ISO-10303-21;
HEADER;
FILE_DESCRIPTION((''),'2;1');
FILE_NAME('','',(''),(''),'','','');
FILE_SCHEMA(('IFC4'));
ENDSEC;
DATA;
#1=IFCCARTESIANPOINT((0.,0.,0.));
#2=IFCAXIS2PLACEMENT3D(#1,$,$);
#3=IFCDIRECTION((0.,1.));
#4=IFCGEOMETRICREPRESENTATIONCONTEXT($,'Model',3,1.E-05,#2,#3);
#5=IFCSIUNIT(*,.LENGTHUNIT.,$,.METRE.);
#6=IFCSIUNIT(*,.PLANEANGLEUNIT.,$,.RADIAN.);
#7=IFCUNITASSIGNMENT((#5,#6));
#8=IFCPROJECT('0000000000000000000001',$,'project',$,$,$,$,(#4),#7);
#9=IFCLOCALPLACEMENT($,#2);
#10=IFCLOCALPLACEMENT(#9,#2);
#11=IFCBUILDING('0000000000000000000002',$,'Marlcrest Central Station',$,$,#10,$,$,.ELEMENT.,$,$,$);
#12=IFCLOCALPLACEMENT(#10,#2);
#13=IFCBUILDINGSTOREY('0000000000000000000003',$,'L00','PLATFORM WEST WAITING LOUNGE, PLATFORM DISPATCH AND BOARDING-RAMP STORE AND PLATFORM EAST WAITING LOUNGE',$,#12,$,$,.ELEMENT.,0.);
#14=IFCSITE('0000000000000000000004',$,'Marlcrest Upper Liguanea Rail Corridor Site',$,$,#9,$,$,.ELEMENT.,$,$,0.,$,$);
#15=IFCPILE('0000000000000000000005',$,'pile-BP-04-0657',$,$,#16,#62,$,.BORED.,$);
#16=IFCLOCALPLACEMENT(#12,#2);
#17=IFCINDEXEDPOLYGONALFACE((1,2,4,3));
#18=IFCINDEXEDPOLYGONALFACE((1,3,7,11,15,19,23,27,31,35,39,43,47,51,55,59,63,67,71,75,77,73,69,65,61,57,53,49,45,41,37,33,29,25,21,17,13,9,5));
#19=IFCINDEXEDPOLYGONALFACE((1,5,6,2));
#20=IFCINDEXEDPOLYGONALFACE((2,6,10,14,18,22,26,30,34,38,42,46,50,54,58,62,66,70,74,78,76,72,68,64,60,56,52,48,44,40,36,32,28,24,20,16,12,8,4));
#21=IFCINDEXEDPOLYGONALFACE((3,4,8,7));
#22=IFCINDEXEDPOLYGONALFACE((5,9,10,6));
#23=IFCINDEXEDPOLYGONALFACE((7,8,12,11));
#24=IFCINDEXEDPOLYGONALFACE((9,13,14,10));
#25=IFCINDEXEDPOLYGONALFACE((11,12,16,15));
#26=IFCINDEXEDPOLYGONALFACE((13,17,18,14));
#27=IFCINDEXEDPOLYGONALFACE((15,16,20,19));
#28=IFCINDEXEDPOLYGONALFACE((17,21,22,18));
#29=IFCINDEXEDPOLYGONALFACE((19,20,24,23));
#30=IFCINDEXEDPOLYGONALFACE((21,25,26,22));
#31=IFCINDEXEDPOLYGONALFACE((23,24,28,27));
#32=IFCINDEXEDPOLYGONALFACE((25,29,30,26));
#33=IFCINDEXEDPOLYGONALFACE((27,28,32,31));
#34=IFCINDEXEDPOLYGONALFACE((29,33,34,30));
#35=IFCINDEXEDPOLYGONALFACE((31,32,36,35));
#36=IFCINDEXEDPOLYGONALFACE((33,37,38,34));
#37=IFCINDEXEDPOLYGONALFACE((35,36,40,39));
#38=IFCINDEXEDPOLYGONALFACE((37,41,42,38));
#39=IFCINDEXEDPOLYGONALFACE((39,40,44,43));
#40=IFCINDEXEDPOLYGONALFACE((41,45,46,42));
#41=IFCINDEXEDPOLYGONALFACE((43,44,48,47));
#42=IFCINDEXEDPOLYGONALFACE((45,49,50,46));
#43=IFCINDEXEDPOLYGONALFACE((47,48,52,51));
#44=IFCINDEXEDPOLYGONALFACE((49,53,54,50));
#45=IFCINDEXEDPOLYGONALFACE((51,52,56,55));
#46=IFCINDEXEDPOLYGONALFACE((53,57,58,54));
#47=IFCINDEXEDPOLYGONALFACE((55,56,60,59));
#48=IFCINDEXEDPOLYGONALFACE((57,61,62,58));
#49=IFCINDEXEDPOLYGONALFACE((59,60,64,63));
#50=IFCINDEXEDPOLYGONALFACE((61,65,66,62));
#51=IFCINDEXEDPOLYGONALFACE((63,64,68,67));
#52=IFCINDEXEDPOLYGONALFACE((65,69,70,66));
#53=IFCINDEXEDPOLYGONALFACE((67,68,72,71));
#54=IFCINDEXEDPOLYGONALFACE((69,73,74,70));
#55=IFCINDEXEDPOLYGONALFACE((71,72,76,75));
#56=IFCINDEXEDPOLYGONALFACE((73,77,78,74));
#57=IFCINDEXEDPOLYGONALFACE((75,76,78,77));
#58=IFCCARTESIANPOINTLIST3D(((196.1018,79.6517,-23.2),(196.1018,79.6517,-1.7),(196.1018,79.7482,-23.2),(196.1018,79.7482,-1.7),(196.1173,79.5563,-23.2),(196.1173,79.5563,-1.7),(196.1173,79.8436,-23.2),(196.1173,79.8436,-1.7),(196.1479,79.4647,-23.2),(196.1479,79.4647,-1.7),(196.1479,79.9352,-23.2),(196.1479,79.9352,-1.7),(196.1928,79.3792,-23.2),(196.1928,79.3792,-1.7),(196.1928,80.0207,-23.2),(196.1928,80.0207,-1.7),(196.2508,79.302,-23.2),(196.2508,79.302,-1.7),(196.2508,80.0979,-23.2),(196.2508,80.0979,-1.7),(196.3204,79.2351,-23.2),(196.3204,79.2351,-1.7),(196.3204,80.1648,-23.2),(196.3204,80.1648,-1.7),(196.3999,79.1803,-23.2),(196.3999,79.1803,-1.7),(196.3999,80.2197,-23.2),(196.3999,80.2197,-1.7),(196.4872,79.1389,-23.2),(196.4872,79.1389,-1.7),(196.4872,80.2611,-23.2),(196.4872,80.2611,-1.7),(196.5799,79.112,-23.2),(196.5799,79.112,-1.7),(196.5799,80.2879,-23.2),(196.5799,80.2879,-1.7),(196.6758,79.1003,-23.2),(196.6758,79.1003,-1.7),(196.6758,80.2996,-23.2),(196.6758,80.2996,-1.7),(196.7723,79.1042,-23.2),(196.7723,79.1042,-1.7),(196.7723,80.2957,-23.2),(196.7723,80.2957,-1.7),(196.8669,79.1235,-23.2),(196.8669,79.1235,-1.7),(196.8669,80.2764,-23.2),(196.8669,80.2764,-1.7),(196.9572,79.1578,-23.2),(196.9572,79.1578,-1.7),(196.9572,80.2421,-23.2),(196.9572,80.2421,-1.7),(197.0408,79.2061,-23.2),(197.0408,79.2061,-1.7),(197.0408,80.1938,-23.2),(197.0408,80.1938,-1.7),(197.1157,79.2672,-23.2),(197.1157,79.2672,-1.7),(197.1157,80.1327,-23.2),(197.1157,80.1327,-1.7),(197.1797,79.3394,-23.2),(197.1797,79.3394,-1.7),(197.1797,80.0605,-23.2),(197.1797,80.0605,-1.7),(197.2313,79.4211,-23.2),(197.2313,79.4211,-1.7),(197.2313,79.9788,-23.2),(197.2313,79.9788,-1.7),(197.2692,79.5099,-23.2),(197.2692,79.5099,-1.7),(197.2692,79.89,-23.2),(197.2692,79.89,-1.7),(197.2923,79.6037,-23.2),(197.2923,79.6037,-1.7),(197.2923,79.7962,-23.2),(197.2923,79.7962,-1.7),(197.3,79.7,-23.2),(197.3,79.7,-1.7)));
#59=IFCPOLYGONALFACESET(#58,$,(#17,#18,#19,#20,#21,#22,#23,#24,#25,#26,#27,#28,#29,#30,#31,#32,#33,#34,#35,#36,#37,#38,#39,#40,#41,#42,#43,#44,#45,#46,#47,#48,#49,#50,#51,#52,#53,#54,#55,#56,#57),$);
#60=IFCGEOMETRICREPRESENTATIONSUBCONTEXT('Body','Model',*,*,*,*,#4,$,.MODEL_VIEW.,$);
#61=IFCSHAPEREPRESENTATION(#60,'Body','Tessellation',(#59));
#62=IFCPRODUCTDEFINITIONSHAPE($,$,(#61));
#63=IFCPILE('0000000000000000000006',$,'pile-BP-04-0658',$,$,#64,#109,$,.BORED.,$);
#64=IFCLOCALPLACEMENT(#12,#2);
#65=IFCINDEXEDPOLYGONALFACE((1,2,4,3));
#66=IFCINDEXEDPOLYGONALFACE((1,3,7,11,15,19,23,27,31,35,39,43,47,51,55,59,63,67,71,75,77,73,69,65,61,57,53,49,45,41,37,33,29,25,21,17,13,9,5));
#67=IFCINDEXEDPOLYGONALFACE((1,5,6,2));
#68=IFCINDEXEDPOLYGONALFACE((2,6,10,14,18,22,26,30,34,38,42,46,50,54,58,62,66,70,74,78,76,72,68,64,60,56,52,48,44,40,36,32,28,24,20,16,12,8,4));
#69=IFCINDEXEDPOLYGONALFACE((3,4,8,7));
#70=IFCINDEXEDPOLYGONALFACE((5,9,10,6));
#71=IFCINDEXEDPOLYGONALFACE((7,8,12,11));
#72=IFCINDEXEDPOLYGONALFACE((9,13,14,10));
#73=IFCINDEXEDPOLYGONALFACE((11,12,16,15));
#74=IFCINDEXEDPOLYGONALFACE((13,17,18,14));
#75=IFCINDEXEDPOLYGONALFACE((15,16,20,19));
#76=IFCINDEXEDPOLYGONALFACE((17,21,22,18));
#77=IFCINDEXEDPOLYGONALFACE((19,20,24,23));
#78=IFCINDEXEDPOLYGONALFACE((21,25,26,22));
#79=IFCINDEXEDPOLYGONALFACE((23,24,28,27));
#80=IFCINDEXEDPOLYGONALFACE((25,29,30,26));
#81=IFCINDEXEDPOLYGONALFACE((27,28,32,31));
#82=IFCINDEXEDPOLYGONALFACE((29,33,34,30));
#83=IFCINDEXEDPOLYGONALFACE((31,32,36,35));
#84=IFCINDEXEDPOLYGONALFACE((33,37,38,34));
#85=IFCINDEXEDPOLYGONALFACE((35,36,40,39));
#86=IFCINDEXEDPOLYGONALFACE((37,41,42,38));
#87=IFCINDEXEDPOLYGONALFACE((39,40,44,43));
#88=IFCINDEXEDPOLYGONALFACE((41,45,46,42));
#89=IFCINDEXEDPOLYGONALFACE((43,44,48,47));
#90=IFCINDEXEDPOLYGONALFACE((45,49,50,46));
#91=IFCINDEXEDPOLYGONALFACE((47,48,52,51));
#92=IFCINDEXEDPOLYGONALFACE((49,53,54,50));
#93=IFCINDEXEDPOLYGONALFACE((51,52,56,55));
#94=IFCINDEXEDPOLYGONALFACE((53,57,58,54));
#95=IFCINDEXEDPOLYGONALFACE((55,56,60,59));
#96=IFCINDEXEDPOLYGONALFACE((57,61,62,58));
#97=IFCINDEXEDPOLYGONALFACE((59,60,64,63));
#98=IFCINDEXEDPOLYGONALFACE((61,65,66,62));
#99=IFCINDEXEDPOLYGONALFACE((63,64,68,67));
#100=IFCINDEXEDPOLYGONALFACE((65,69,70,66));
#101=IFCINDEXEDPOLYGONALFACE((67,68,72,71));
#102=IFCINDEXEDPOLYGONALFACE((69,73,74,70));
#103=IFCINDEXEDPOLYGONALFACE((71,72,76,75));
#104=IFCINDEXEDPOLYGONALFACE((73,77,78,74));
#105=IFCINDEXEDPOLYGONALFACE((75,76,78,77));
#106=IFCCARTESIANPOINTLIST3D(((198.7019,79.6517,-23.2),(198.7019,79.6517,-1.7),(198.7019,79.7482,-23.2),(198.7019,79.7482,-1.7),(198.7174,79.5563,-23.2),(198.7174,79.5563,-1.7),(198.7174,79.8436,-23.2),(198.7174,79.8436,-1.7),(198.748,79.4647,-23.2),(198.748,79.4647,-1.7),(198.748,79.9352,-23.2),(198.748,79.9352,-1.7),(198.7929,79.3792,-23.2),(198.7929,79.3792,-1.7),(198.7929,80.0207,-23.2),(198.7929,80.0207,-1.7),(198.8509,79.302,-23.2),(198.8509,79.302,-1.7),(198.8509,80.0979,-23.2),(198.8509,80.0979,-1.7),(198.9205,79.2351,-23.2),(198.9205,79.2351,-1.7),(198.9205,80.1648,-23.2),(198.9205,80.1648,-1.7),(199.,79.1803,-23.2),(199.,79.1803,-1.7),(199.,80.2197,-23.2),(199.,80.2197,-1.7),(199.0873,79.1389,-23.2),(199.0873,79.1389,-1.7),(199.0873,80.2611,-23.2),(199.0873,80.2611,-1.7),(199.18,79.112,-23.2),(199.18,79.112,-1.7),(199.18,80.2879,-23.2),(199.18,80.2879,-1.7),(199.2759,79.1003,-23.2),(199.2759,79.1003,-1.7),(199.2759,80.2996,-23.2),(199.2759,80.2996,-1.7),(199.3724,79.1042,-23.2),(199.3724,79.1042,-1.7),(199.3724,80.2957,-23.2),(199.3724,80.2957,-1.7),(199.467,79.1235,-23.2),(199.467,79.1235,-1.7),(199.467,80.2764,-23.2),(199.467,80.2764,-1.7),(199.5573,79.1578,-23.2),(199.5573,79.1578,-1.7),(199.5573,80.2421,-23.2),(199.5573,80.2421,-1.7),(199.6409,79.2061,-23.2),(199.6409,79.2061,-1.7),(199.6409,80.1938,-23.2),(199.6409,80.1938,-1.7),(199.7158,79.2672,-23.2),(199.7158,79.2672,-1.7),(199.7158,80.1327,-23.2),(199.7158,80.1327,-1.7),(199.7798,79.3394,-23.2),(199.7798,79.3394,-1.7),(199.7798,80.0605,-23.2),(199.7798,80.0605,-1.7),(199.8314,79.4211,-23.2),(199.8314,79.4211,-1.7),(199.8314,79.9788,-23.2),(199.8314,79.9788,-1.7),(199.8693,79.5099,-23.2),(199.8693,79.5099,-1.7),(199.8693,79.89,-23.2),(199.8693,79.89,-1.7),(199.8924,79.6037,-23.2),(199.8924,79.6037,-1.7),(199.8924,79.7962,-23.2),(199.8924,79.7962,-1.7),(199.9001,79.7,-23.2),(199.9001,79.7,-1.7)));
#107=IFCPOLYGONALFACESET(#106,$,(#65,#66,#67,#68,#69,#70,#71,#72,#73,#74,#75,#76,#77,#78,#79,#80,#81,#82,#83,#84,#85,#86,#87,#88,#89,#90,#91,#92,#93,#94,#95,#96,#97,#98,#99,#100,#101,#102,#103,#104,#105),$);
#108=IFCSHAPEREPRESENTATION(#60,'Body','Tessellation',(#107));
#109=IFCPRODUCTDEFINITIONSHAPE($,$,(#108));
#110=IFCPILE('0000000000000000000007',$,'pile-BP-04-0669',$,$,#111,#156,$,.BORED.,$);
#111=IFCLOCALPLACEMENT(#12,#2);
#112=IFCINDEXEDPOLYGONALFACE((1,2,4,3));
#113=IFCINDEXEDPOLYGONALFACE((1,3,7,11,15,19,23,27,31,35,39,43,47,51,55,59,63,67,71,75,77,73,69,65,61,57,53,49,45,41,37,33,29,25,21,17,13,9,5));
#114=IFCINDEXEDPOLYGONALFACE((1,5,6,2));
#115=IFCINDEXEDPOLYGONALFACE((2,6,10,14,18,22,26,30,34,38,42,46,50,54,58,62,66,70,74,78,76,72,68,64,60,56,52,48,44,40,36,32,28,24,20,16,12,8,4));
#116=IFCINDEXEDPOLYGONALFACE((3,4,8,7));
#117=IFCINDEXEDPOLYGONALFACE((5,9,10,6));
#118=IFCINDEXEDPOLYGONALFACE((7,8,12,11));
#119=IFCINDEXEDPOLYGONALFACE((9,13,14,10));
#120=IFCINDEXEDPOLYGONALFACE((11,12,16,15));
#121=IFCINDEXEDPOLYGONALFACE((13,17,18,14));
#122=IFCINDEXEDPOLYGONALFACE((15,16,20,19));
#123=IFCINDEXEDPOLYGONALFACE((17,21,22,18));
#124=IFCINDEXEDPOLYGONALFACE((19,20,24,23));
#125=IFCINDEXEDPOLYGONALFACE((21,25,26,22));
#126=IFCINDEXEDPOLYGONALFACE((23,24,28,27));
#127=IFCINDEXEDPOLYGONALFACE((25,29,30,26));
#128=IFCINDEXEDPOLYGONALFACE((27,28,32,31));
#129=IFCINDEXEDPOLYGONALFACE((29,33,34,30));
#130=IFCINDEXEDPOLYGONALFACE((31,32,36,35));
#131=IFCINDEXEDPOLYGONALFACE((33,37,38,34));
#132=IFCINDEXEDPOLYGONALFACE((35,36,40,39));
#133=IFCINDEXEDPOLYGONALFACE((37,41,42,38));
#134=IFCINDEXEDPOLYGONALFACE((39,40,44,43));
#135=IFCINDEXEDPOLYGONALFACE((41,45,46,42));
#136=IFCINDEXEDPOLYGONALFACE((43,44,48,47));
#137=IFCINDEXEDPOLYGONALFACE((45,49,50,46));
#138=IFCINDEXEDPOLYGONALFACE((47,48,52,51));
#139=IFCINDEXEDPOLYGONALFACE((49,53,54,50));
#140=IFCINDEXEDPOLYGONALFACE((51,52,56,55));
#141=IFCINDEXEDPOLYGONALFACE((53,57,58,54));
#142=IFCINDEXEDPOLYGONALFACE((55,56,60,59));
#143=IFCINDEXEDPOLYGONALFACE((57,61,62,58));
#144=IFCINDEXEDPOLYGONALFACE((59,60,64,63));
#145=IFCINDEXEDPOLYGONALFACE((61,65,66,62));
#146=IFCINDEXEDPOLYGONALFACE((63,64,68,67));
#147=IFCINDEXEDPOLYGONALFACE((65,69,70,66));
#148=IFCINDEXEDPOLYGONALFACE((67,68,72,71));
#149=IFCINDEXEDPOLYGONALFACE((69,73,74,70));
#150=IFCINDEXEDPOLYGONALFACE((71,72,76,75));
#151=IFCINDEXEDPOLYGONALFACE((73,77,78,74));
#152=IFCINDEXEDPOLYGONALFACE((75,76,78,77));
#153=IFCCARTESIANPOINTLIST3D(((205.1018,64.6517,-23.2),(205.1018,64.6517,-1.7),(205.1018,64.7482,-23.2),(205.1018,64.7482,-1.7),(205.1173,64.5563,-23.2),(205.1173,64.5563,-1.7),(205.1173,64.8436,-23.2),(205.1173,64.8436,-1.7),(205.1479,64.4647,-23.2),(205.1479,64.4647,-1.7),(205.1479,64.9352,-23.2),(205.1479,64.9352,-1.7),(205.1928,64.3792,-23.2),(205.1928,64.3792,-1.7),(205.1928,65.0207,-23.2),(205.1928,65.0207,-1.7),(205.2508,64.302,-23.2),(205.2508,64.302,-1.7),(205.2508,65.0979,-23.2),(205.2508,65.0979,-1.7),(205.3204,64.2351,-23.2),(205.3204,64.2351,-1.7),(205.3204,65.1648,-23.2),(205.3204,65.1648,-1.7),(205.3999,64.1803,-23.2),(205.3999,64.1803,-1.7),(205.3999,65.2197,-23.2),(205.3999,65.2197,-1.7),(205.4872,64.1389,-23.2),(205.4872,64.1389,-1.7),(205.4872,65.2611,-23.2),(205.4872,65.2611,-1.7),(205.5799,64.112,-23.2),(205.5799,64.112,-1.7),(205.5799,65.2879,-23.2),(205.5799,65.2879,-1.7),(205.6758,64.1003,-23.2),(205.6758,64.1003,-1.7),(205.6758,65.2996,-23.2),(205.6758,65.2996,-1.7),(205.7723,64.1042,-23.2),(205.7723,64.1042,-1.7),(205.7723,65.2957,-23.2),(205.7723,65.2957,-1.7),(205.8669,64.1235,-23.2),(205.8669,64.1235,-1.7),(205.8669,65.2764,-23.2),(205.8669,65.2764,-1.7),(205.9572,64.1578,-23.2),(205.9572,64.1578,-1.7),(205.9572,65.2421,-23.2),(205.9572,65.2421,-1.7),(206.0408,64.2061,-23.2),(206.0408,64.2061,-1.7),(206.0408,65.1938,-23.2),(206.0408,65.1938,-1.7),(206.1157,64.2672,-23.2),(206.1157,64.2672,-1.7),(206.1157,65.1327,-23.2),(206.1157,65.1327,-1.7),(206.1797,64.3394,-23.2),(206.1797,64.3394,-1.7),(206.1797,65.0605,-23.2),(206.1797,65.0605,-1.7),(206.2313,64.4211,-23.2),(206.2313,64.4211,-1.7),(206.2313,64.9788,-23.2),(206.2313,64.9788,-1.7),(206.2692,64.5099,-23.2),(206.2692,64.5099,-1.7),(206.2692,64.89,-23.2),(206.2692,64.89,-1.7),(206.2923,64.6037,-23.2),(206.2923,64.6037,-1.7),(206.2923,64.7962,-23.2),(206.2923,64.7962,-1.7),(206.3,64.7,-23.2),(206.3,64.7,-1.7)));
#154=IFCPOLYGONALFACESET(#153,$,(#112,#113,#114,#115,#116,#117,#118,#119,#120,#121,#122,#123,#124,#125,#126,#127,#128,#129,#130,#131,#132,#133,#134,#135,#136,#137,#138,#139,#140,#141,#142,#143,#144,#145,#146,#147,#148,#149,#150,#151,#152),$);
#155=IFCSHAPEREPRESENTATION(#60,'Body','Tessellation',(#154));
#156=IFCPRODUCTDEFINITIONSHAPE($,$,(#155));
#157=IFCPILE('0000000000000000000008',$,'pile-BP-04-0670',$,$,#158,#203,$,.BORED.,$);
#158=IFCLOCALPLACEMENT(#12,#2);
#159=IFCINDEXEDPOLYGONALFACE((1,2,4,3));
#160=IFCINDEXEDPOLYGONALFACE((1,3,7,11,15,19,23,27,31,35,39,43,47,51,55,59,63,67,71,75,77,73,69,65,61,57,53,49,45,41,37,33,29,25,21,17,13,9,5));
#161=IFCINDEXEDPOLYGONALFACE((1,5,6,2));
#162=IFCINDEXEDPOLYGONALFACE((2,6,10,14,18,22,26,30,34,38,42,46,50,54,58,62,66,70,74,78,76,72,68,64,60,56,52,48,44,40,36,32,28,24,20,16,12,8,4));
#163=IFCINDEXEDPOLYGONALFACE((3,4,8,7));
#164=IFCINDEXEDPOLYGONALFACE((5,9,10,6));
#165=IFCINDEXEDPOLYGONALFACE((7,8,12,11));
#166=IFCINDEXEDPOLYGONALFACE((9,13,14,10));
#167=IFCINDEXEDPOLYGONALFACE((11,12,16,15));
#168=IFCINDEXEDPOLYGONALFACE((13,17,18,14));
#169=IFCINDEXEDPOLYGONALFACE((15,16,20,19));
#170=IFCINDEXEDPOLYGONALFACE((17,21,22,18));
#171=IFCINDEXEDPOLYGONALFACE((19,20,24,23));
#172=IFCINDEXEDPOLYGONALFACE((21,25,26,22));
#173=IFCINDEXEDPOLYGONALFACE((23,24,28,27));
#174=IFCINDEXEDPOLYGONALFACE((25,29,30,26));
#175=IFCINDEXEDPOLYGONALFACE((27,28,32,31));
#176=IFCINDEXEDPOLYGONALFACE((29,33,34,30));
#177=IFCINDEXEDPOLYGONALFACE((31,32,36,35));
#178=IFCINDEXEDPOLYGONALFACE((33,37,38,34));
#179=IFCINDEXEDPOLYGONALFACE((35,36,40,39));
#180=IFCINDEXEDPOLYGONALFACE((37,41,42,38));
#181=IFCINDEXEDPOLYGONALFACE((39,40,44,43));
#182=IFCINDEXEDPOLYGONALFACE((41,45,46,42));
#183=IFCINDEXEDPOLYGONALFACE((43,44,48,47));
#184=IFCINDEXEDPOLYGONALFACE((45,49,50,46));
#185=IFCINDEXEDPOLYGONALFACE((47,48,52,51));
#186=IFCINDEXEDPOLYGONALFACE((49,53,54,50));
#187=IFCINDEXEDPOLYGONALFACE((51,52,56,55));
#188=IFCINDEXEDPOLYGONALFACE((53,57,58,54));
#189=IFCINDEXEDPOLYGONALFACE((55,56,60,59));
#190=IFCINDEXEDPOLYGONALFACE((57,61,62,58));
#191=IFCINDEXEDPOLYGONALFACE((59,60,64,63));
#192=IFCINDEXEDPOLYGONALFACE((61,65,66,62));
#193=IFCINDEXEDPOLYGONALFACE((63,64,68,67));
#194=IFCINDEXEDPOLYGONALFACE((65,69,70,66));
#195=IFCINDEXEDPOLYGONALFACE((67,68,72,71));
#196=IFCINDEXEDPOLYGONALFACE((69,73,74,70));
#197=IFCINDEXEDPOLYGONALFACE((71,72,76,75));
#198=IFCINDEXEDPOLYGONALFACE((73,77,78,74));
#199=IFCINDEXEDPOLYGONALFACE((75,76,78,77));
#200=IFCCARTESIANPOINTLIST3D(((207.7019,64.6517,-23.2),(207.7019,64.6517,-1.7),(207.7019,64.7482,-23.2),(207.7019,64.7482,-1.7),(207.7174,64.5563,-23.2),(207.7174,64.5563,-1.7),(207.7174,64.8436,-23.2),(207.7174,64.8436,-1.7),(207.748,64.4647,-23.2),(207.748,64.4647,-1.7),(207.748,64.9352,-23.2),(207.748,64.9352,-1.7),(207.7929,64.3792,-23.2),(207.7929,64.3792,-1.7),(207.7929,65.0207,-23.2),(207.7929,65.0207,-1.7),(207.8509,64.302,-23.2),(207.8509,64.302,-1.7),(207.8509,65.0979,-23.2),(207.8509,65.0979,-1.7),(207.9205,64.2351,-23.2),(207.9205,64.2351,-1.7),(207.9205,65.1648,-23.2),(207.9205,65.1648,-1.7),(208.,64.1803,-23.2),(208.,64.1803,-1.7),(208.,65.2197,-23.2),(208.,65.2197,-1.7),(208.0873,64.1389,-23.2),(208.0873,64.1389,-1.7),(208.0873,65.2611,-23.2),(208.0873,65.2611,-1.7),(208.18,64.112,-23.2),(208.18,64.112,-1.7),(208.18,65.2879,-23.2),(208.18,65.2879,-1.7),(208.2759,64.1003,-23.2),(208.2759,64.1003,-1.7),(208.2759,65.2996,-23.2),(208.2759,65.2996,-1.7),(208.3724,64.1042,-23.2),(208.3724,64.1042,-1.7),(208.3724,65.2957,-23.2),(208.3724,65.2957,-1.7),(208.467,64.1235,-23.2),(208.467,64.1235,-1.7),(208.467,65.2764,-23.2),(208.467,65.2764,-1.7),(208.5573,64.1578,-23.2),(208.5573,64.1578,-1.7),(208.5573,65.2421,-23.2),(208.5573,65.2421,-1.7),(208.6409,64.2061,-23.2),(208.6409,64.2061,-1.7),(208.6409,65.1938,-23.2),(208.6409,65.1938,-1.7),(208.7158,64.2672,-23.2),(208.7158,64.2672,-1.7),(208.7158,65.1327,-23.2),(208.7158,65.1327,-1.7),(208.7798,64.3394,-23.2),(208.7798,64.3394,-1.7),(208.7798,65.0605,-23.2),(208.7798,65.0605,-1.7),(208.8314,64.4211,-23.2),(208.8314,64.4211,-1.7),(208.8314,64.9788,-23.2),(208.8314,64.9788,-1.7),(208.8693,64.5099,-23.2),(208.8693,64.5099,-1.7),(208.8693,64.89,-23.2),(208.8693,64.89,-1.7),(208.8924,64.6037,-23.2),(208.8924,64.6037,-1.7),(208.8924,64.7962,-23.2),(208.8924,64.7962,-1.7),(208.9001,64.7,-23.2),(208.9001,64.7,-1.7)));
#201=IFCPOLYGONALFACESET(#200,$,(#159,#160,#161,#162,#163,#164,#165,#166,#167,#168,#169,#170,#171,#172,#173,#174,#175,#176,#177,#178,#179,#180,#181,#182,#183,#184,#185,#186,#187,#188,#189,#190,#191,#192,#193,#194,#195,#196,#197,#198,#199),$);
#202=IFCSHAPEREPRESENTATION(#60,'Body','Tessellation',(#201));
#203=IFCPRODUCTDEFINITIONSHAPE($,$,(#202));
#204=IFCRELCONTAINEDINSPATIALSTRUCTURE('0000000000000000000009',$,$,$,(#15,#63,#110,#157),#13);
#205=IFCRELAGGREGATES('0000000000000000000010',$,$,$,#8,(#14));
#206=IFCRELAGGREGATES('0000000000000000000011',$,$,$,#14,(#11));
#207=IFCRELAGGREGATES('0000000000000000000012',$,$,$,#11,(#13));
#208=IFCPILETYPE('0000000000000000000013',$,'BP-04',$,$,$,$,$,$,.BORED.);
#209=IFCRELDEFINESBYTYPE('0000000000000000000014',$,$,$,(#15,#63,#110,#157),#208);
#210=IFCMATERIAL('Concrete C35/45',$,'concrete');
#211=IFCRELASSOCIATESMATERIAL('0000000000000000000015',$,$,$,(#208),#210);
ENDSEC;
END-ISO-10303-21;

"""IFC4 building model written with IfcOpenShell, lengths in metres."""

from ifc_helpers import new_model, si_unit, direction, frame, origin, origin_2d, place, context, subcontext, project, spatial, circle, extrude, material, material_profile, profile_set, type_object, element, save


model = new_model("IFC4")

# Units and contexts
model_context = context("Model", 3, precision=1e-05, world=origin(), true_north=direction((0.0, 1.0)))
body_context = subcontext(model_context, "Body", "Model", "MODEL_VIEW")
ifc_project = project(units=[si_unit("LENGTHUNIT", "METRE"), si_unit("PLANEANGLEUNIT", "RADIAN")], contexts=[model_context])

# Site, building, storey
site_placement = place(None, origin())
site = spatial("IfcSite", under=ifc_project, at=site_placement, Name="Marlcrest Upper Liguanea Rail Corridor Site", CompositionType="ELEMENT", RefElevation=0.0)
building_placement = place(site_placement, origin())
building = spatial("IfcBuilding", under=site, at=building_placement, Name="Marlcrest Central Station", CompositionType="ELEMENT")
storey_placement = place(building_placement, origin())
storey = spatial("IfcBuildingStorey", under=building, at=storey_placement, Name="L00", Description="PLATFORM WEST WAITING LOUNGE, PLATFORM DISPATCH AND BOARDING-RAMP STORE AND PLATFORM EAST WAITING LOUNGE", CompositionType="ELEMENT", Elevation=0.0)

# Piles
ifc_material_1 = material(Name="Concrete C35/45", Category="concrete")
ifc_material_profile_1 = material_profile(ifc_material_1, circle(Radius=0.6001, at=origin_2d()), Name="PILE D1200")
ifc_profile_set_1 = profile_set([ifc_material_profile_1], Name="Concrete C35/45")
pile_type = type_object("IfcPileType", Name="BP-04", PredefinedType="BORED", material=ifc_profile_set_1)
for number, where, z_axis, x_axis, name in (
    (1, (196.7, 79.7, -1.7), (0.0, 0.0, -1.0), (1.0, 0.0, 0.0), "pile-BP-04-0657"),
    (2, (199.3, 79.7, -1.7), (0.0, 0.0, -1.0), (1.0, 0.0, 0.0), "pile-BP-04-0658"),
    (3, (205.7, 64.7, -1.7), (0.0, 0.0, -1.0), (1.0, 0.0, 0.0), "pile-BP-04-0669"),
    (4, (208.3, 64.7, -1.7), (0.0, 0.0, -1.0), (1.0, 0.0, 0.0), "pile-BP-04-0670"),
):
    element("IfcPile", number, at=place(storey_placement, frame(where, z_axis=z_axis, x_axis=x_axis)), inside=storey, type_object=pile_type, Name=name, PredefinedType="BORED", context=body_context, shape_type="SweptSolid", body=[
        extrude(circle(Radius=0.6001, at=origin_2d()), origin(), (0.0, 0.0, 1.0), 21.5),
    ])

save(model, "model.ifc")
